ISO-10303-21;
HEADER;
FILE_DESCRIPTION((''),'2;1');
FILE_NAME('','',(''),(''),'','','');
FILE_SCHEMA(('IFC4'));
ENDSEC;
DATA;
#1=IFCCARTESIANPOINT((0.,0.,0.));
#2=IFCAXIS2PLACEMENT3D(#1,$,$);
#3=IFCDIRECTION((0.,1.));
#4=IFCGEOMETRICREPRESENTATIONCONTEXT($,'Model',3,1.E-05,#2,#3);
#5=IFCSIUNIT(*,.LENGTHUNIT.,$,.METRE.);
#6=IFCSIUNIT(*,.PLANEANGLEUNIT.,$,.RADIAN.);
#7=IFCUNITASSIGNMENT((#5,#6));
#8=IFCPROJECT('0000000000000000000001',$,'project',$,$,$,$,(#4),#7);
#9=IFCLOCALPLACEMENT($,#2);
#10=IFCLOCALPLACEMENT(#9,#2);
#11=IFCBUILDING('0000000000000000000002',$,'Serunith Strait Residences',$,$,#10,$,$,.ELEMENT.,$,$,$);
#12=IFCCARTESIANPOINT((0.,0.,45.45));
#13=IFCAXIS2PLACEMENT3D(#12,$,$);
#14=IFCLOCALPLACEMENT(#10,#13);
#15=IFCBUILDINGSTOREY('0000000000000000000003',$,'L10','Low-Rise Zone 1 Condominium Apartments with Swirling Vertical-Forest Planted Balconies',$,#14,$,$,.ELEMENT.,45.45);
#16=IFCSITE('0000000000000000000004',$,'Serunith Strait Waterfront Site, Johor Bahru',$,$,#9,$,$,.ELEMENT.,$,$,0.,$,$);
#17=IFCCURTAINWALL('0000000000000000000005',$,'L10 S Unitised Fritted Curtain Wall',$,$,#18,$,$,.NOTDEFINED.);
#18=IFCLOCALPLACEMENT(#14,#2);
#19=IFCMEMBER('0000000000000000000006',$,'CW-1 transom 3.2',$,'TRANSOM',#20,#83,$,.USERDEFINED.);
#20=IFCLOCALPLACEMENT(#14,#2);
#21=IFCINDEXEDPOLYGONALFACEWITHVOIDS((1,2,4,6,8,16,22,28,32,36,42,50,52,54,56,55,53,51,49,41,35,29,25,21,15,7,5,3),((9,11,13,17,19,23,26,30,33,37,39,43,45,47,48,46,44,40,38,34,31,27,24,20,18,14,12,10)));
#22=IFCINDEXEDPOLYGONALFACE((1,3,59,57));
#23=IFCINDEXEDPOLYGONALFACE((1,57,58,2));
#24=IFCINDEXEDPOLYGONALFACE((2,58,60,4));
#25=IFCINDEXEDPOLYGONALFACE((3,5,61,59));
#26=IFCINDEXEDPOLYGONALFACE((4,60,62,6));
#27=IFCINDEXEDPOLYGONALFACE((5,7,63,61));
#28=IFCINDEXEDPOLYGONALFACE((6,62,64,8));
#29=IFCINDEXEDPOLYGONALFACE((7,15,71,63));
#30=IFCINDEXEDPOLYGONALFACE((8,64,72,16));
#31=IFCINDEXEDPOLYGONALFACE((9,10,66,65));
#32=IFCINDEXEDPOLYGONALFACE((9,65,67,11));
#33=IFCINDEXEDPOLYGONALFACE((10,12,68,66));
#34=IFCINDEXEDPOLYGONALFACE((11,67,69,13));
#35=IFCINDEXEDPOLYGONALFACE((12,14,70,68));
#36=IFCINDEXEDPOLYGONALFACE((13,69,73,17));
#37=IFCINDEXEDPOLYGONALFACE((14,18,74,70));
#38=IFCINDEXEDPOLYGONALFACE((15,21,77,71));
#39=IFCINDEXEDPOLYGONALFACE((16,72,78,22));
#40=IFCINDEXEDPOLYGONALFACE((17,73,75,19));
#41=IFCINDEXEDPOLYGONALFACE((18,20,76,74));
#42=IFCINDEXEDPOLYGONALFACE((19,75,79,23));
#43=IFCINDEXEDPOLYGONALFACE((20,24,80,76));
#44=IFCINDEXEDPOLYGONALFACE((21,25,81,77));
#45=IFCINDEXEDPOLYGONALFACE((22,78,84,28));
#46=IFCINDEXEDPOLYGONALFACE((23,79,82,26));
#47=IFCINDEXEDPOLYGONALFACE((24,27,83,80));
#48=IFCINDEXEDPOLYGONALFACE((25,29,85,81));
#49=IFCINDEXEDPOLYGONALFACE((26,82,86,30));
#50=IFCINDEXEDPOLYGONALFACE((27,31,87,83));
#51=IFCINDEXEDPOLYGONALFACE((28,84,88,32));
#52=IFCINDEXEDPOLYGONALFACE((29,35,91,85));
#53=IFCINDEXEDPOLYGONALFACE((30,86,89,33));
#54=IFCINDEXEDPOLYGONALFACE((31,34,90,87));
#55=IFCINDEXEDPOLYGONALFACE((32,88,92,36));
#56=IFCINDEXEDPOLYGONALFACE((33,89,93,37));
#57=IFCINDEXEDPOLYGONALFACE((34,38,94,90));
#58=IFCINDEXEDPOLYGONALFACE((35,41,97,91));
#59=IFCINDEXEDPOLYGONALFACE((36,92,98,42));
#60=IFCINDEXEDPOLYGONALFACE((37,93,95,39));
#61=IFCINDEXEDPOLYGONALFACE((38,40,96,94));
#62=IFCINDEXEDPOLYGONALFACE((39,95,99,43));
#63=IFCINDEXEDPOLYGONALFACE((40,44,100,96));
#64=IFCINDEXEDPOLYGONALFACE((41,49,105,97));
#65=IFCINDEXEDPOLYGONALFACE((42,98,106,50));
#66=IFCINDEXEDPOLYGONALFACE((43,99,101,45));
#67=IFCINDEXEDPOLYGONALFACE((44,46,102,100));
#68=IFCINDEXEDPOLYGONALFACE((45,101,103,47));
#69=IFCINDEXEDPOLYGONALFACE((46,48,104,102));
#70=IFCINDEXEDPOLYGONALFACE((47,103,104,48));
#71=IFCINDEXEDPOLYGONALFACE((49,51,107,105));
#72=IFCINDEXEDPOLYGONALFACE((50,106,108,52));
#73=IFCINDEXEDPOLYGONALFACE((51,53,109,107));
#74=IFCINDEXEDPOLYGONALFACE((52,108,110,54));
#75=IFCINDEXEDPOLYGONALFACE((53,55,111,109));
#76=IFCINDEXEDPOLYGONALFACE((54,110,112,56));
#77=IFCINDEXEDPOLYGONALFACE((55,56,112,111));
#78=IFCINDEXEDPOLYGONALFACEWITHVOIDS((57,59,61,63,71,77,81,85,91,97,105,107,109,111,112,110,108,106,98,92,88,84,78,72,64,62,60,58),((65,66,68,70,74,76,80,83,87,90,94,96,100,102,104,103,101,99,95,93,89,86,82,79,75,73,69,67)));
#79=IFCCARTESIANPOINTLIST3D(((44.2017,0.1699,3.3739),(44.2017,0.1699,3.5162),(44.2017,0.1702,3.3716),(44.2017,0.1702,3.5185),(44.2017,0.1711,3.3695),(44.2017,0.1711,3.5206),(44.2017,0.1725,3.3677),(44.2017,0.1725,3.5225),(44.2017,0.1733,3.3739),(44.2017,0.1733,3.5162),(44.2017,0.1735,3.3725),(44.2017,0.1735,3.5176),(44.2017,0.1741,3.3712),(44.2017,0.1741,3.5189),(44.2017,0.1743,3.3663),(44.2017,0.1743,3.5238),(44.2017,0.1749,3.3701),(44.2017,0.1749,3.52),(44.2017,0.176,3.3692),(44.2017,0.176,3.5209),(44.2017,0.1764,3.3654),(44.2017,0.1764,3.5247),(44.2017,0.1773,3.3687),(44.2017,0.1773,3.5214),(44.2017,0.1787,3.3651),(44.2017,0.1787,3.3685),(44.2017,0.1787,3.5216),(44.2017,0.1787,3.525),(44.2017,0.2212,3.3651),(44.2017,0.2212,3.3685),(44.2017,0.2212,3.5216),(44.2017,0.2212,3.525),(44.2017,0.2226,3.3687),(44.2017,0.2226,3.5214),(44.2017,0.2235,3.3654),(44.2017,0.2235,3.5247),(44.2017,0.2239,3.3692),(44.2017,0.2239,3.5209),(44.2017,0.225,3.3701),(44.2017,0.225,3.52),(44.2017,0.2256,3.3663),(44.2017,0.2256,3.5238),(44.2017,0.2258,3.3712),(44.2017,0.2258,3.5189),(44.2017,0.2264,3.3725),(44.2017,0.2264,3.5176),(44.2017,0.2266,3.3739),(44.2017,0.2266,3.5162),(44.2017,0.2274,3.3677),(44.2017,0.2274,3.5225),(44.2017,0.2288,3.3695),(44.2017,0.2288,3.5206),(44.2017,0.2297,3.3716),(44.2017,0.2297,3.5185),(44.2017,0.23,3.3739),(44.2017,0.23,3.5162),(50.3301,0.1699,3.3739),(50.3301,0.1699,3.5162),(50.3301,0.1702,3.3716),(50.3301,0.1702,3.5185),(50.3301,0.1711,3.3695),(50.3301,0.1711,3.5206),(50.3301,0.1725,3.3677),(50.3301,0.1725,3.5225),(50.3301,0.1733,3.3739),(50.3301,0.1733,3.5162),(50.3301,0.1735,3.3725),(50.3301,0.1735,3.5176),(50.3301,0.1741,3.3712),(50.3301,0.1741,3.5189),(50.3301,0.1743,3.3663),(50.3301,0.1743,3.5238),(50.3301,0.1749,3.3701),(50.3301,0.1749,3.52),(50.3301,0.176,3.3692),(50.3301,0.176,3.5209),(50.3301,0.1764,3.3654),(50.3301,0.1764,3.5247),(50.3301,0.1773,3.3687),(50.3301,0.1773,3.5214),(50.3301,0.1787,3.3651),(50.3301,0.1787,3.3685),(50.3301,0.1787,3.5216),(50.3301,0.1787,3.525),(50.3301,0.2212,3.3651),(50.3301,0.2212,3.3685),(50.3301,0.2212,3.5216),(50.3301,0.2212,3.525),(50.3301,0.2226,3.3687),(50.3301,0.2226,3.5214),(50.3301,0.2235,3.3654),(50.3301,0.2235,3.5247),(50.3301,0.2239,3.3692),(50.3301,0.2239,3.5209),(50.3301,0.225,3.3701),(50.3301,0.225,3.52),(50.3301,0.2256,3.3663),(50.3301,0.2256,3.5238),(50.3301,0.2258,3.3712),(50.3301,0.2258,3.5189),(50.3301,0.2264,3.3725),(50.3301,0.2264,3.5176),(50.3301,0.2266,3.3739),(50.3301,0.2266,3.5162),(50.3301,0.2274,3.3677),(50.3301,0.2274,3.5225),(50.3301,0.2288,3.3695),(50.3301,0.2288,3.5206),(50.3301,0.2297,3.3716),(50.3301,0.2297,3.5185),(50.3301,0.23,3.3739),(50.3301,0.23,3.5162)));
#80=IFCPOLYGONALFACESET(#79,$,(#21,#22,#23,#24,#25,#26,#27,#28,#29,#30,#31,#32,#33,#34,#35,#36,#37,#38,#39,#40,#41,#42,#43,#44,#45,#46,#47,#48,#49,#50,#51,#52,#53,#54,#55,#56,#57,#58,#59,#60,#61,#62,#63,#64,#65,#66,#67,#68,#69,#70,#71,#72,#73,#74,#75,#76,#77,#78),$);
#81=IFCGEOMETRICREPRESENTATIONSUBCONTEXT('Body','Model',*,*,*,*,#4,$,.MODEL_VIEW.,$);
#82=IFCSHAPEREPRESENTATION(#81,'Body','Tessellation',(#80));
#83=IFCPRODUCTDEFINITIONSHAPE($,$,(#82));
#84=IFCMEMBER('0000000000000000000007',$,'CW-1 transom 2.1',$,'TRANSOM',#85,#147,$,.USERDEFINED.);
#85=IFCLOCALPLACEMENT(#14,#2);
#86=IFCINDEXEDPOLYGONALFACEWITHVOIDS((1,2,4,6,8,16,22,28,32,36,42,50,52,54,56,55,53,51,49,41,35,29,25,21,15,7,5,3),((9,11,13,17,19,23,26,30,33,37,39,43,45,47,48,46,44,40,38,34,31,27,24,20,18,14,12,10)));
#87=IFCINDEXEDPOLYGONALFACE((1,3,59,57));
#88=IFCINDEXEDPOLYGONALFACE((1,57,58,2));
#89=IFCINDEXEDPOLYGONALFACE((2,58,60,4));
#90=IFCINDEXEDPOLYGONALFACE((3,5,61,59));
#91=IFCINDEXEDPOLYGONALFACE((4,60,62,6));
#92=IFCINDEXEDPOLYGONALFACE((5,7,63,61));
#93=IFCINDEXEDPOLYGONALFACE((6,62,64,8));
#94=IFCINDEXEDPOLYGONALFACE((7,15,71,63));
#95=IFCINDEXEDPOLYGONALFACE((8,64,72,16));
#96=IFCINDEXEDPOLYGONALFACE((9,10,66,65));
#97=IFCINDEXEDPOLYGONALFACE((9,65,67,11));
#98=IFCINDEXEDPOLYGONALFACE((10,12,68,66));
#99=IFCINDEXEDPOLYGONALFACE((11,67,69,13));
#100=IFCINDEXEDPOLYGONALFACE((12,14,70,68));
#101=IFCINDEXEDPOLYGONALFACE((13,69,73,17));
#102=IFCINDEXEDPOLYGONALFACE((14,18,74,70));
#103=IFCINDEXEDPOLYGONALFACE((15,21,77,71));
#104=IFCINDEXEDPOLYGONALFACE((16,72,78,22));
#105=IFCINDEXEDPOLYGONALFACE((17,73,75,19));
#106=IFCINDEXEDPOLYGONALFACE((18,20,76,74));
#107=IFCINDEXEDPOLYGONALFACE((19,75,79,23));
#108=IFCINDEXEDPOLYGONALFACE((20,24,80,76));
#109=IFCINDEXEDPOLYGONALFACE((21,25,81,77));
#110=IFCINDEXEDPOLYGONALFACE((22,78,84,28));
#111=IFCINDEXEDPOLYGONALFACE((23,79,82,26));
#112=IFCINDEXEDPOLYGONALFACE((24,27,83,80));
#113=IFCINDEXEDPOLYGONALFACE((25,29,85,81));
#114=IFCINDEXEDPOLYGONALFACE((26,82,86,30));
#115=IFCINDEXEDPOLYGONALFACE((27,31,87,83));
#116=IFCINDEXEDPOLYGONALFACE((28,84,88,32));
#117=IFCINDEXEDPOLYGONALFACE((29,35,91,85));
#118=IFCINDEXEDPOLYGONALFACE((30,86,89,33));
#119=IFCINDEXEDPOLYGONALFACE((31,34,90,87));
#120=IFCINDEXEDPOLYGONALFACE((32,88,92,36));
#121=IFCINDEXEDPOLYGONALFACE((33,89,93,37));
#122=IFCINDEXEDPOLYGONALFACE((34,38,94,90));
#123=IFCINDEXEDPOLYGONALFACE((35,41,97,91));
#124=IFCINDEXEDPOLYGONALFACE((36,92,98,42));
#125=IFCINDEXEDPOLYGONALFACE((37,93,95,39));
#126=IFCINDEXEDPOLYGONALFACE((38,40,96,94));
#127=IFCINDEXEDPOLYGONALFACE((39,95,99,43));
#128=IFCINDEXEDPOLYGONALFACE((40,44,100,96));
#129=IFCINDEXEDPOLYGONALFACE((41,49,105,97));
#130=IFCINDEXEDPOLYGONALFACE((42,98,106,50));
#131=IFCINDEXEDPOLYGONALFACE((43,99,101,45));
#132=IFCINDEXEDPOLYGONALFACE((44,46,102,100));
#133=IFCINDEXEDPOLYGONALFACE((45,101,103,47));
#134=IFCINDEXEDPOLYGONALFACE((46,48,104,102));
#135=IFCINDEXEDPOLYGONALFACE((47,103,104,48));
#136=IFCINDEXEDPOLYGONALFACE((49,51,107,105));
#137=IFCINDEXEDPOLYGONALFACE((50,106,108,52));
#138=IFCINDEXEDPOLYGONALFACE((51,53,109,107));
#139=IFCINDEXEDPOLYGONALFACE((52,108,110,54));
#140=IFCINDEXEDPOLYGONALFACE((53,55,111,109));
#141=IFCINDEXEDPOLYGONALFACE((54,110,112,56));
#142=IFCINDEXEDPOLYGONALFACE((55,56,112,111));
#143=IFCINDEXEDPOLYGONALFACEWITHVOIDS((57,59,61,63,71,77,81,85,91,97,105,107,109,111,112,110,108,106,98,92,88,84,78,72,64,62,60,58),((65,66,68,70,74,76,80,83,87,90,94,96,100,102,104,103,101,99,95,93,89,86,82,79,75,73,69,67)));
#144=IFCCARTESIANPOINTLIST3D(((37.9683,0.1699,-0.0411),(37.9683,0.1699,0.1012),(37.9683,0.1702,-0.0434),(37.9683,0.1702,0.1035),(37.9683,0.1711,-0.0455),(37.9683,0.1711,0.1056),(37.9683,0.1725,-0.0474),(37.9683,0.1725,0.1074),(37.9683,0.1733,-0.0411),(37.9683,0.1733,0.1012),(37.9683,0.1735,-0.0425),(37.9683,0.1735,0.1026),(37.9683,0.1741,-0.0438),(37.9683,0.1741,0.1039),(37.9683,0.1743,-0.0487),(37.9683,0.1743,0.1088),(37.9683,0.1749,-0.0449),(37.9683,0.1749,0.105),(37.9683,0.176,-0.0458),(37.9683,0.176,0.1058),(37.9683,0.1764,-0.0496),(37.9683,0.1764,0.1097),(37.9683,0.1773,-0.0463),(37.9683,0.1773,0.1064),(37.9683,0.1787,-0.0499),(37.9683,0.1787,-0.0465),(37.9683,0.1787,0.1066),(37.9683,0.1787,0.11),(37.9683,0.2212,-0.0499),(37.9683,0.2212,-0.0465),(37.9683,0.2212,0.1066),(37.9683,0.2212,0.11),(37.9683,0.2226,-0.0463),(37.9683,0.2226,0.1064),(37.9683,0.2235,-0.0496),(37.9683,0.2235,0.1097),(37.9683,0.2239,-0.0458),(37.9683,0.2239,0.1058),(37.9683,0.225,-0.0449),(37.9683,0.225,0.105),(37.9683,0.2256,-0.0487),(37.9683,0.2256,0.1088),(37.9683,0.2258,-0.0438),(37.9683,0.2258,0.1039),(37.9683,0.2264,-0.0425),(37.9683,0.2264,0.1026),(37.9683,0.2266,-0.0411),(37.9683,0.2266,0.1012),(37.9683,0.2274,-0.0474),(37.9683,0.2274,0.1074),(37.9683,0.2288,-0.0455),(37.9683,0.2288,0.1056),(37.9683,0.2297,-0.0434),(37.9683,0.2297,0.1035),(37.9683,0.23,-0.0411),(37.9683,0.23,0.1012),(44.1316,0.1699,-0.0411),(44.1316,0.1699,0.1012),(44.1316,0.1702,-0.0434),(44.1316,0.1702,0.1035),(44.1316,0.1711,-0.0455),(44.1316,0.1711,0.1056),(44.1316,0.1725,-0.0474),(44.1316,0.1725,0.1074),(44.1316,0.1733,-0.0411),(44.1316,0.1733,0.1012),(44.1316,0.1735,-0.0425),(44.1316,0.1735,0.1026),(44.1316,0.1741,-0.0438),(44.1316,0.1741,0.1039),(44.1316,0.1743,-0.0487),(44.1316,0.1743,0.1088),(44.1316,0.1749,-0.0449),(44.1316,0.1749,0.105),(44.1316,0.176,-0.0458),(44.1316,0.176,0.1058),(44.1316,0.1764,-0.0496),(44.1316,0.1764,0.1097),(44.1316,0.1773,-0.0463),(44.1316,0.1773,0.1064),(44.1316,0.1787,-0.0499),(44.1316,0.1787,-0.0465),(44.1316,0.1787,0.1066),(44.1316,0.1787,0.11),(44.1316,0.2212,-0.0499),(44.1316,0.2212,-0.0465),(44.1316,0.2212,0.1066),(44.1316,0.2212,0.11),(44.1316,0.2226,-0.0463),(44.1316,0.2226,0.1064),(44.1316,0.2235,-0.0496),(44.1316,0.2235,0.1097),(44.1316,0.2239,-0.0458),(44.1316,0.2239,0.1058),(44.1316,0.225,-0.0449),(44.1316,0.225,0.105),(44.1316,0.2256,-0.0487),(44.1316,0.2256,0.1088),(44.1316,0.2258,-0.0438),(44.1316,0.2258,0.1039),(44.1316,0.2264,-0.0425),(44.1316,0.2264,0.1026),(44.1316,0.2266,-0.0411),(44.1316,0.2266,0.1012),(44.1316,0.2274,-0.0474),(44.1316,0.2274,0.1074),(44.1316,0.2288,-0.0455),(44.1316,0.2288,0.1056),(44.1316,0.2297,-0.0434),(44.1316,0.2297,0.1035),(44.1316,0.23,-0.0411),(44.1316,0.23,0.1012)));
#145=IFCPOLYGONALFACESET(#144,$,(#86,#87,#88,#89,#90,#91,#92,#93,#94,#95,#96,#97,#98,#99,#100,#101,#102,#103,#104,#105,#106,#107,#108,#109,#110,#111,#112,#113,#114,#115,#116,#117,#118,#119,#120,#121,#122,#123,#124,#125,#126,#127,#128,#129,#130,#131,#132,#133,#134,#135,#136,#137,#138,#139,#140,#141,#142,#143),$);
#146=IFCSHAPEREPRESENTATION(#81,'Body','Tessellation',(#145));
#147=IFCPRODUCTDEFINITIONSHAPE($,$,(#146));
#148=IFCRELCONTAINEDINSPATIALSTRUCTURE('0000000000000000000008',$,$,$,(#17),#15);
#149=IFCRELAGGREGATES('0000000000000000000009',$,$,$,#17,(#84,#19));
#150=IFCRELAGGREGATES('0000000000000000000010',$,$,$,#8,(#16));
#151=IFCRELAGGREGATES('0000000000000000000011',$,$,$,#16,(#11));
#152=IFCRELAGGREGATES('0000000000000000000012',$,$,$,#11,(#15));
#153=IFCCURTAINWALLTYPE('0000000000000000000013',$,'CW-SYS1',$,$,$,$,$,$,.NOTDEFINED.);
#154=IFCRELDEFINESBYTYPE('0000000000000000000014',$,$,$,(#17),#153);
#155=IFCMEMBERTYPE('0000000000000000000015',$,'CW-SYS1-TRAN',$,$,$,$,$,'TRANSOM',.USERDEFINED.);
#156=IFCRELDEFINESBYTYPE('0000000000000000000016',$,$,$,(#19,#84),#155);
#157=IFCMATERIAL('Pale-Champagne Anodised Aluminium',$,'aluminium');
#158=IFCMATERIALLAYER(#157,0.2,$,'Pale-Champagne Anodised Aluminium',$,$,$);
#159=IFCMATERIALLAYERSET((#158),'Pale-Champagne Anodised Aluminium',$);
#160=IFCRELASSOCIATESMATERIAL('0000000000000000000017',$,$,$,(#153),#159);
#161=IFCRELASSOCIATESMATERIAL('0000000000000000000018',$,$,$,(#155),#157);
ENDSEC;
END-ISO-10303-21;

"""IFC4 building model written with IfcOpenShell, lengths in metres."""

from ifc_helpers import new_model, si_unit, direction, frame, origin, origin_2d, place, context, subcontext, project, spatial, hollow_rectangle, extrude, source, transform, mapped, material, layer, layer_set, material_profile, profile_set, type_object, element, aggregate, save


model = new_model("IFC4")

# Units and contexts
model_context = context("Model", 3, precision=1e-05, world=origin(), true_north=direction((0.0, 1.0)))
body_context = subcontext(model_context, "Body", "Model", "MODEL_VIEW")
ifc_project = project(units=[si_unit("LENGTHUNIT", "METRE"), si_unit("PLANEANGLEUNIT", "RADIAN")], contexts=[model_context])

# Site, building, storey
site_placement = place(None, origin())
site = spatial("IfcSite", under=ifc_project, at=site_placement, Name="Serunith Strait Waterfront Site, Johor Bahru", CompositionType="ELEMENT", RefElevation=0.0)
building_placement = place(site_placement, origin())
building = spatial("IfcBuilding", under=site, at=building_placement, Name="Serunith Strait Residences", CompositionType="ELEMENT")
storey_placement = place(building_placement, frame((0.0, 0.0, 45.45)))
storey = spatial("IfcBuildingStorey", under=building, at=storey_placement, Name="L10", Description="Low-Rise Zone 1 Condominium Apartments with Swirling Vertical-Forest Planted Balconies", CompositionType="ELEMENT", Elevation=45.45)

# Curtain wall, members
ifc_material_1 = material(Name="Pale-Champagne Anodised Aluminium", Category="aluminium")
ifc_layer_1 = layer(ifc_material_1, 0.2, Name="Pale-Champagne Anodised Aluminium")
ifc_layer_set_1 = layer_set([ifc_layer_1], Name="Pale-Champagne Anodised Aluminium")
curtain_wall_type = type_object("IfcCurtainWallType", Name="CW-SYS1", PredefinedType="NOTDEFINED", material=ifc_layer_set_1)
curtain_wall_placement = place(storey_placement, origin())
curtain_wall = element("IfcCurtainWall", 1, at=curtain_wall_placement, inside=storey, type_object=curtain_wall_type, Name="L10 S Unitised Fritted Curtain Wall", PredefinedType="NOTDEFINED")
ifc_material_profile_1 = material_profile(ifc_material_1, hollow_rectangle(XDim=0.0601, YDim=0.1599, WallThickness=0.0034, InnerFilletRadius=0.0054, OuterFilletRadius=0.0088, at=origin_2d()), Name="ALU 160x60x3.5")
ifc_profile_set_1 = profile_set([ifc_material_profile_1], Name="Pale-Champagne Anodised Aluminium")
member_type_1 = type_object("IfcMemberType", Name="CW-SYS1-TRAN", ElementType="TRANSOM", PredefinedType="USERDEFINED", material=ifc_profile_set_1)
shared_shape_1 = source(origin(), body_context, "Body", "SweptSolid", [
    extrude(hollow_rectangle(XDim=0.0601, YDim=0.1599, WallThickness=0.0034, InnerFilletRadius=0.0054, OuterFilletRadius=0.0088, at=origin_2d()), origin(), (0.0, 0.0, 1.0), 6.1284),
])
member_1_placement = place(storey_placement, frame((44.2017, 0.2, 3.4451), z_axis=(1.0, 0.0, 0.0), x_axis=(0.0, 1.0, 0.0)))
member_1 = element("IfcMember", 2, at=member_1_placement, type_object=member_type_1, Name="CW-1 transom 3.2", ObjectType="TRANSOM", PredefinedType="USERDEFINED", context=body_context, shape_type="MappedRepresentation", body=[
    mapped(shared_shape_1, transform((0.0, 0.0, 0.0), scale=1.0)),
])
shared_shape_2 = source(origin(), body_context, "Body", "SweptSolid", [
    extrude(hollow_rectangle(XDim=0.0601, YDim=0.1599, WallThickness=0.0034, InnerFilletRadius=0.0054, OuterFilletRadius=0.0088, at=origin_2d()), origin(), (0.0, 0.0, 1.0), 6.1633),
])
member_2_placement = place(storey_placement, frame((37.9683, 0.2, 0.03), z_axis=(1.0, 0.0, 0.0), x_axis=(0.0, 1.0, 0.0)))
member_2 = element("IfcMember", 3, at=member_2_placement, type_object=member_type_1, Name="CW-1 transom 2.1", ObjectType="TRANSOM", PredefinedType="USERDEFINED", context=body_context, shape_type="MappedRepresentation", body=[
    mapped(shared_shape_2, transform((0.0, 0.0, 0.0), scale=1.0)),
])
aggregate(curtain_wall, [member_2, member_1])

save(model, "model.ifc")
